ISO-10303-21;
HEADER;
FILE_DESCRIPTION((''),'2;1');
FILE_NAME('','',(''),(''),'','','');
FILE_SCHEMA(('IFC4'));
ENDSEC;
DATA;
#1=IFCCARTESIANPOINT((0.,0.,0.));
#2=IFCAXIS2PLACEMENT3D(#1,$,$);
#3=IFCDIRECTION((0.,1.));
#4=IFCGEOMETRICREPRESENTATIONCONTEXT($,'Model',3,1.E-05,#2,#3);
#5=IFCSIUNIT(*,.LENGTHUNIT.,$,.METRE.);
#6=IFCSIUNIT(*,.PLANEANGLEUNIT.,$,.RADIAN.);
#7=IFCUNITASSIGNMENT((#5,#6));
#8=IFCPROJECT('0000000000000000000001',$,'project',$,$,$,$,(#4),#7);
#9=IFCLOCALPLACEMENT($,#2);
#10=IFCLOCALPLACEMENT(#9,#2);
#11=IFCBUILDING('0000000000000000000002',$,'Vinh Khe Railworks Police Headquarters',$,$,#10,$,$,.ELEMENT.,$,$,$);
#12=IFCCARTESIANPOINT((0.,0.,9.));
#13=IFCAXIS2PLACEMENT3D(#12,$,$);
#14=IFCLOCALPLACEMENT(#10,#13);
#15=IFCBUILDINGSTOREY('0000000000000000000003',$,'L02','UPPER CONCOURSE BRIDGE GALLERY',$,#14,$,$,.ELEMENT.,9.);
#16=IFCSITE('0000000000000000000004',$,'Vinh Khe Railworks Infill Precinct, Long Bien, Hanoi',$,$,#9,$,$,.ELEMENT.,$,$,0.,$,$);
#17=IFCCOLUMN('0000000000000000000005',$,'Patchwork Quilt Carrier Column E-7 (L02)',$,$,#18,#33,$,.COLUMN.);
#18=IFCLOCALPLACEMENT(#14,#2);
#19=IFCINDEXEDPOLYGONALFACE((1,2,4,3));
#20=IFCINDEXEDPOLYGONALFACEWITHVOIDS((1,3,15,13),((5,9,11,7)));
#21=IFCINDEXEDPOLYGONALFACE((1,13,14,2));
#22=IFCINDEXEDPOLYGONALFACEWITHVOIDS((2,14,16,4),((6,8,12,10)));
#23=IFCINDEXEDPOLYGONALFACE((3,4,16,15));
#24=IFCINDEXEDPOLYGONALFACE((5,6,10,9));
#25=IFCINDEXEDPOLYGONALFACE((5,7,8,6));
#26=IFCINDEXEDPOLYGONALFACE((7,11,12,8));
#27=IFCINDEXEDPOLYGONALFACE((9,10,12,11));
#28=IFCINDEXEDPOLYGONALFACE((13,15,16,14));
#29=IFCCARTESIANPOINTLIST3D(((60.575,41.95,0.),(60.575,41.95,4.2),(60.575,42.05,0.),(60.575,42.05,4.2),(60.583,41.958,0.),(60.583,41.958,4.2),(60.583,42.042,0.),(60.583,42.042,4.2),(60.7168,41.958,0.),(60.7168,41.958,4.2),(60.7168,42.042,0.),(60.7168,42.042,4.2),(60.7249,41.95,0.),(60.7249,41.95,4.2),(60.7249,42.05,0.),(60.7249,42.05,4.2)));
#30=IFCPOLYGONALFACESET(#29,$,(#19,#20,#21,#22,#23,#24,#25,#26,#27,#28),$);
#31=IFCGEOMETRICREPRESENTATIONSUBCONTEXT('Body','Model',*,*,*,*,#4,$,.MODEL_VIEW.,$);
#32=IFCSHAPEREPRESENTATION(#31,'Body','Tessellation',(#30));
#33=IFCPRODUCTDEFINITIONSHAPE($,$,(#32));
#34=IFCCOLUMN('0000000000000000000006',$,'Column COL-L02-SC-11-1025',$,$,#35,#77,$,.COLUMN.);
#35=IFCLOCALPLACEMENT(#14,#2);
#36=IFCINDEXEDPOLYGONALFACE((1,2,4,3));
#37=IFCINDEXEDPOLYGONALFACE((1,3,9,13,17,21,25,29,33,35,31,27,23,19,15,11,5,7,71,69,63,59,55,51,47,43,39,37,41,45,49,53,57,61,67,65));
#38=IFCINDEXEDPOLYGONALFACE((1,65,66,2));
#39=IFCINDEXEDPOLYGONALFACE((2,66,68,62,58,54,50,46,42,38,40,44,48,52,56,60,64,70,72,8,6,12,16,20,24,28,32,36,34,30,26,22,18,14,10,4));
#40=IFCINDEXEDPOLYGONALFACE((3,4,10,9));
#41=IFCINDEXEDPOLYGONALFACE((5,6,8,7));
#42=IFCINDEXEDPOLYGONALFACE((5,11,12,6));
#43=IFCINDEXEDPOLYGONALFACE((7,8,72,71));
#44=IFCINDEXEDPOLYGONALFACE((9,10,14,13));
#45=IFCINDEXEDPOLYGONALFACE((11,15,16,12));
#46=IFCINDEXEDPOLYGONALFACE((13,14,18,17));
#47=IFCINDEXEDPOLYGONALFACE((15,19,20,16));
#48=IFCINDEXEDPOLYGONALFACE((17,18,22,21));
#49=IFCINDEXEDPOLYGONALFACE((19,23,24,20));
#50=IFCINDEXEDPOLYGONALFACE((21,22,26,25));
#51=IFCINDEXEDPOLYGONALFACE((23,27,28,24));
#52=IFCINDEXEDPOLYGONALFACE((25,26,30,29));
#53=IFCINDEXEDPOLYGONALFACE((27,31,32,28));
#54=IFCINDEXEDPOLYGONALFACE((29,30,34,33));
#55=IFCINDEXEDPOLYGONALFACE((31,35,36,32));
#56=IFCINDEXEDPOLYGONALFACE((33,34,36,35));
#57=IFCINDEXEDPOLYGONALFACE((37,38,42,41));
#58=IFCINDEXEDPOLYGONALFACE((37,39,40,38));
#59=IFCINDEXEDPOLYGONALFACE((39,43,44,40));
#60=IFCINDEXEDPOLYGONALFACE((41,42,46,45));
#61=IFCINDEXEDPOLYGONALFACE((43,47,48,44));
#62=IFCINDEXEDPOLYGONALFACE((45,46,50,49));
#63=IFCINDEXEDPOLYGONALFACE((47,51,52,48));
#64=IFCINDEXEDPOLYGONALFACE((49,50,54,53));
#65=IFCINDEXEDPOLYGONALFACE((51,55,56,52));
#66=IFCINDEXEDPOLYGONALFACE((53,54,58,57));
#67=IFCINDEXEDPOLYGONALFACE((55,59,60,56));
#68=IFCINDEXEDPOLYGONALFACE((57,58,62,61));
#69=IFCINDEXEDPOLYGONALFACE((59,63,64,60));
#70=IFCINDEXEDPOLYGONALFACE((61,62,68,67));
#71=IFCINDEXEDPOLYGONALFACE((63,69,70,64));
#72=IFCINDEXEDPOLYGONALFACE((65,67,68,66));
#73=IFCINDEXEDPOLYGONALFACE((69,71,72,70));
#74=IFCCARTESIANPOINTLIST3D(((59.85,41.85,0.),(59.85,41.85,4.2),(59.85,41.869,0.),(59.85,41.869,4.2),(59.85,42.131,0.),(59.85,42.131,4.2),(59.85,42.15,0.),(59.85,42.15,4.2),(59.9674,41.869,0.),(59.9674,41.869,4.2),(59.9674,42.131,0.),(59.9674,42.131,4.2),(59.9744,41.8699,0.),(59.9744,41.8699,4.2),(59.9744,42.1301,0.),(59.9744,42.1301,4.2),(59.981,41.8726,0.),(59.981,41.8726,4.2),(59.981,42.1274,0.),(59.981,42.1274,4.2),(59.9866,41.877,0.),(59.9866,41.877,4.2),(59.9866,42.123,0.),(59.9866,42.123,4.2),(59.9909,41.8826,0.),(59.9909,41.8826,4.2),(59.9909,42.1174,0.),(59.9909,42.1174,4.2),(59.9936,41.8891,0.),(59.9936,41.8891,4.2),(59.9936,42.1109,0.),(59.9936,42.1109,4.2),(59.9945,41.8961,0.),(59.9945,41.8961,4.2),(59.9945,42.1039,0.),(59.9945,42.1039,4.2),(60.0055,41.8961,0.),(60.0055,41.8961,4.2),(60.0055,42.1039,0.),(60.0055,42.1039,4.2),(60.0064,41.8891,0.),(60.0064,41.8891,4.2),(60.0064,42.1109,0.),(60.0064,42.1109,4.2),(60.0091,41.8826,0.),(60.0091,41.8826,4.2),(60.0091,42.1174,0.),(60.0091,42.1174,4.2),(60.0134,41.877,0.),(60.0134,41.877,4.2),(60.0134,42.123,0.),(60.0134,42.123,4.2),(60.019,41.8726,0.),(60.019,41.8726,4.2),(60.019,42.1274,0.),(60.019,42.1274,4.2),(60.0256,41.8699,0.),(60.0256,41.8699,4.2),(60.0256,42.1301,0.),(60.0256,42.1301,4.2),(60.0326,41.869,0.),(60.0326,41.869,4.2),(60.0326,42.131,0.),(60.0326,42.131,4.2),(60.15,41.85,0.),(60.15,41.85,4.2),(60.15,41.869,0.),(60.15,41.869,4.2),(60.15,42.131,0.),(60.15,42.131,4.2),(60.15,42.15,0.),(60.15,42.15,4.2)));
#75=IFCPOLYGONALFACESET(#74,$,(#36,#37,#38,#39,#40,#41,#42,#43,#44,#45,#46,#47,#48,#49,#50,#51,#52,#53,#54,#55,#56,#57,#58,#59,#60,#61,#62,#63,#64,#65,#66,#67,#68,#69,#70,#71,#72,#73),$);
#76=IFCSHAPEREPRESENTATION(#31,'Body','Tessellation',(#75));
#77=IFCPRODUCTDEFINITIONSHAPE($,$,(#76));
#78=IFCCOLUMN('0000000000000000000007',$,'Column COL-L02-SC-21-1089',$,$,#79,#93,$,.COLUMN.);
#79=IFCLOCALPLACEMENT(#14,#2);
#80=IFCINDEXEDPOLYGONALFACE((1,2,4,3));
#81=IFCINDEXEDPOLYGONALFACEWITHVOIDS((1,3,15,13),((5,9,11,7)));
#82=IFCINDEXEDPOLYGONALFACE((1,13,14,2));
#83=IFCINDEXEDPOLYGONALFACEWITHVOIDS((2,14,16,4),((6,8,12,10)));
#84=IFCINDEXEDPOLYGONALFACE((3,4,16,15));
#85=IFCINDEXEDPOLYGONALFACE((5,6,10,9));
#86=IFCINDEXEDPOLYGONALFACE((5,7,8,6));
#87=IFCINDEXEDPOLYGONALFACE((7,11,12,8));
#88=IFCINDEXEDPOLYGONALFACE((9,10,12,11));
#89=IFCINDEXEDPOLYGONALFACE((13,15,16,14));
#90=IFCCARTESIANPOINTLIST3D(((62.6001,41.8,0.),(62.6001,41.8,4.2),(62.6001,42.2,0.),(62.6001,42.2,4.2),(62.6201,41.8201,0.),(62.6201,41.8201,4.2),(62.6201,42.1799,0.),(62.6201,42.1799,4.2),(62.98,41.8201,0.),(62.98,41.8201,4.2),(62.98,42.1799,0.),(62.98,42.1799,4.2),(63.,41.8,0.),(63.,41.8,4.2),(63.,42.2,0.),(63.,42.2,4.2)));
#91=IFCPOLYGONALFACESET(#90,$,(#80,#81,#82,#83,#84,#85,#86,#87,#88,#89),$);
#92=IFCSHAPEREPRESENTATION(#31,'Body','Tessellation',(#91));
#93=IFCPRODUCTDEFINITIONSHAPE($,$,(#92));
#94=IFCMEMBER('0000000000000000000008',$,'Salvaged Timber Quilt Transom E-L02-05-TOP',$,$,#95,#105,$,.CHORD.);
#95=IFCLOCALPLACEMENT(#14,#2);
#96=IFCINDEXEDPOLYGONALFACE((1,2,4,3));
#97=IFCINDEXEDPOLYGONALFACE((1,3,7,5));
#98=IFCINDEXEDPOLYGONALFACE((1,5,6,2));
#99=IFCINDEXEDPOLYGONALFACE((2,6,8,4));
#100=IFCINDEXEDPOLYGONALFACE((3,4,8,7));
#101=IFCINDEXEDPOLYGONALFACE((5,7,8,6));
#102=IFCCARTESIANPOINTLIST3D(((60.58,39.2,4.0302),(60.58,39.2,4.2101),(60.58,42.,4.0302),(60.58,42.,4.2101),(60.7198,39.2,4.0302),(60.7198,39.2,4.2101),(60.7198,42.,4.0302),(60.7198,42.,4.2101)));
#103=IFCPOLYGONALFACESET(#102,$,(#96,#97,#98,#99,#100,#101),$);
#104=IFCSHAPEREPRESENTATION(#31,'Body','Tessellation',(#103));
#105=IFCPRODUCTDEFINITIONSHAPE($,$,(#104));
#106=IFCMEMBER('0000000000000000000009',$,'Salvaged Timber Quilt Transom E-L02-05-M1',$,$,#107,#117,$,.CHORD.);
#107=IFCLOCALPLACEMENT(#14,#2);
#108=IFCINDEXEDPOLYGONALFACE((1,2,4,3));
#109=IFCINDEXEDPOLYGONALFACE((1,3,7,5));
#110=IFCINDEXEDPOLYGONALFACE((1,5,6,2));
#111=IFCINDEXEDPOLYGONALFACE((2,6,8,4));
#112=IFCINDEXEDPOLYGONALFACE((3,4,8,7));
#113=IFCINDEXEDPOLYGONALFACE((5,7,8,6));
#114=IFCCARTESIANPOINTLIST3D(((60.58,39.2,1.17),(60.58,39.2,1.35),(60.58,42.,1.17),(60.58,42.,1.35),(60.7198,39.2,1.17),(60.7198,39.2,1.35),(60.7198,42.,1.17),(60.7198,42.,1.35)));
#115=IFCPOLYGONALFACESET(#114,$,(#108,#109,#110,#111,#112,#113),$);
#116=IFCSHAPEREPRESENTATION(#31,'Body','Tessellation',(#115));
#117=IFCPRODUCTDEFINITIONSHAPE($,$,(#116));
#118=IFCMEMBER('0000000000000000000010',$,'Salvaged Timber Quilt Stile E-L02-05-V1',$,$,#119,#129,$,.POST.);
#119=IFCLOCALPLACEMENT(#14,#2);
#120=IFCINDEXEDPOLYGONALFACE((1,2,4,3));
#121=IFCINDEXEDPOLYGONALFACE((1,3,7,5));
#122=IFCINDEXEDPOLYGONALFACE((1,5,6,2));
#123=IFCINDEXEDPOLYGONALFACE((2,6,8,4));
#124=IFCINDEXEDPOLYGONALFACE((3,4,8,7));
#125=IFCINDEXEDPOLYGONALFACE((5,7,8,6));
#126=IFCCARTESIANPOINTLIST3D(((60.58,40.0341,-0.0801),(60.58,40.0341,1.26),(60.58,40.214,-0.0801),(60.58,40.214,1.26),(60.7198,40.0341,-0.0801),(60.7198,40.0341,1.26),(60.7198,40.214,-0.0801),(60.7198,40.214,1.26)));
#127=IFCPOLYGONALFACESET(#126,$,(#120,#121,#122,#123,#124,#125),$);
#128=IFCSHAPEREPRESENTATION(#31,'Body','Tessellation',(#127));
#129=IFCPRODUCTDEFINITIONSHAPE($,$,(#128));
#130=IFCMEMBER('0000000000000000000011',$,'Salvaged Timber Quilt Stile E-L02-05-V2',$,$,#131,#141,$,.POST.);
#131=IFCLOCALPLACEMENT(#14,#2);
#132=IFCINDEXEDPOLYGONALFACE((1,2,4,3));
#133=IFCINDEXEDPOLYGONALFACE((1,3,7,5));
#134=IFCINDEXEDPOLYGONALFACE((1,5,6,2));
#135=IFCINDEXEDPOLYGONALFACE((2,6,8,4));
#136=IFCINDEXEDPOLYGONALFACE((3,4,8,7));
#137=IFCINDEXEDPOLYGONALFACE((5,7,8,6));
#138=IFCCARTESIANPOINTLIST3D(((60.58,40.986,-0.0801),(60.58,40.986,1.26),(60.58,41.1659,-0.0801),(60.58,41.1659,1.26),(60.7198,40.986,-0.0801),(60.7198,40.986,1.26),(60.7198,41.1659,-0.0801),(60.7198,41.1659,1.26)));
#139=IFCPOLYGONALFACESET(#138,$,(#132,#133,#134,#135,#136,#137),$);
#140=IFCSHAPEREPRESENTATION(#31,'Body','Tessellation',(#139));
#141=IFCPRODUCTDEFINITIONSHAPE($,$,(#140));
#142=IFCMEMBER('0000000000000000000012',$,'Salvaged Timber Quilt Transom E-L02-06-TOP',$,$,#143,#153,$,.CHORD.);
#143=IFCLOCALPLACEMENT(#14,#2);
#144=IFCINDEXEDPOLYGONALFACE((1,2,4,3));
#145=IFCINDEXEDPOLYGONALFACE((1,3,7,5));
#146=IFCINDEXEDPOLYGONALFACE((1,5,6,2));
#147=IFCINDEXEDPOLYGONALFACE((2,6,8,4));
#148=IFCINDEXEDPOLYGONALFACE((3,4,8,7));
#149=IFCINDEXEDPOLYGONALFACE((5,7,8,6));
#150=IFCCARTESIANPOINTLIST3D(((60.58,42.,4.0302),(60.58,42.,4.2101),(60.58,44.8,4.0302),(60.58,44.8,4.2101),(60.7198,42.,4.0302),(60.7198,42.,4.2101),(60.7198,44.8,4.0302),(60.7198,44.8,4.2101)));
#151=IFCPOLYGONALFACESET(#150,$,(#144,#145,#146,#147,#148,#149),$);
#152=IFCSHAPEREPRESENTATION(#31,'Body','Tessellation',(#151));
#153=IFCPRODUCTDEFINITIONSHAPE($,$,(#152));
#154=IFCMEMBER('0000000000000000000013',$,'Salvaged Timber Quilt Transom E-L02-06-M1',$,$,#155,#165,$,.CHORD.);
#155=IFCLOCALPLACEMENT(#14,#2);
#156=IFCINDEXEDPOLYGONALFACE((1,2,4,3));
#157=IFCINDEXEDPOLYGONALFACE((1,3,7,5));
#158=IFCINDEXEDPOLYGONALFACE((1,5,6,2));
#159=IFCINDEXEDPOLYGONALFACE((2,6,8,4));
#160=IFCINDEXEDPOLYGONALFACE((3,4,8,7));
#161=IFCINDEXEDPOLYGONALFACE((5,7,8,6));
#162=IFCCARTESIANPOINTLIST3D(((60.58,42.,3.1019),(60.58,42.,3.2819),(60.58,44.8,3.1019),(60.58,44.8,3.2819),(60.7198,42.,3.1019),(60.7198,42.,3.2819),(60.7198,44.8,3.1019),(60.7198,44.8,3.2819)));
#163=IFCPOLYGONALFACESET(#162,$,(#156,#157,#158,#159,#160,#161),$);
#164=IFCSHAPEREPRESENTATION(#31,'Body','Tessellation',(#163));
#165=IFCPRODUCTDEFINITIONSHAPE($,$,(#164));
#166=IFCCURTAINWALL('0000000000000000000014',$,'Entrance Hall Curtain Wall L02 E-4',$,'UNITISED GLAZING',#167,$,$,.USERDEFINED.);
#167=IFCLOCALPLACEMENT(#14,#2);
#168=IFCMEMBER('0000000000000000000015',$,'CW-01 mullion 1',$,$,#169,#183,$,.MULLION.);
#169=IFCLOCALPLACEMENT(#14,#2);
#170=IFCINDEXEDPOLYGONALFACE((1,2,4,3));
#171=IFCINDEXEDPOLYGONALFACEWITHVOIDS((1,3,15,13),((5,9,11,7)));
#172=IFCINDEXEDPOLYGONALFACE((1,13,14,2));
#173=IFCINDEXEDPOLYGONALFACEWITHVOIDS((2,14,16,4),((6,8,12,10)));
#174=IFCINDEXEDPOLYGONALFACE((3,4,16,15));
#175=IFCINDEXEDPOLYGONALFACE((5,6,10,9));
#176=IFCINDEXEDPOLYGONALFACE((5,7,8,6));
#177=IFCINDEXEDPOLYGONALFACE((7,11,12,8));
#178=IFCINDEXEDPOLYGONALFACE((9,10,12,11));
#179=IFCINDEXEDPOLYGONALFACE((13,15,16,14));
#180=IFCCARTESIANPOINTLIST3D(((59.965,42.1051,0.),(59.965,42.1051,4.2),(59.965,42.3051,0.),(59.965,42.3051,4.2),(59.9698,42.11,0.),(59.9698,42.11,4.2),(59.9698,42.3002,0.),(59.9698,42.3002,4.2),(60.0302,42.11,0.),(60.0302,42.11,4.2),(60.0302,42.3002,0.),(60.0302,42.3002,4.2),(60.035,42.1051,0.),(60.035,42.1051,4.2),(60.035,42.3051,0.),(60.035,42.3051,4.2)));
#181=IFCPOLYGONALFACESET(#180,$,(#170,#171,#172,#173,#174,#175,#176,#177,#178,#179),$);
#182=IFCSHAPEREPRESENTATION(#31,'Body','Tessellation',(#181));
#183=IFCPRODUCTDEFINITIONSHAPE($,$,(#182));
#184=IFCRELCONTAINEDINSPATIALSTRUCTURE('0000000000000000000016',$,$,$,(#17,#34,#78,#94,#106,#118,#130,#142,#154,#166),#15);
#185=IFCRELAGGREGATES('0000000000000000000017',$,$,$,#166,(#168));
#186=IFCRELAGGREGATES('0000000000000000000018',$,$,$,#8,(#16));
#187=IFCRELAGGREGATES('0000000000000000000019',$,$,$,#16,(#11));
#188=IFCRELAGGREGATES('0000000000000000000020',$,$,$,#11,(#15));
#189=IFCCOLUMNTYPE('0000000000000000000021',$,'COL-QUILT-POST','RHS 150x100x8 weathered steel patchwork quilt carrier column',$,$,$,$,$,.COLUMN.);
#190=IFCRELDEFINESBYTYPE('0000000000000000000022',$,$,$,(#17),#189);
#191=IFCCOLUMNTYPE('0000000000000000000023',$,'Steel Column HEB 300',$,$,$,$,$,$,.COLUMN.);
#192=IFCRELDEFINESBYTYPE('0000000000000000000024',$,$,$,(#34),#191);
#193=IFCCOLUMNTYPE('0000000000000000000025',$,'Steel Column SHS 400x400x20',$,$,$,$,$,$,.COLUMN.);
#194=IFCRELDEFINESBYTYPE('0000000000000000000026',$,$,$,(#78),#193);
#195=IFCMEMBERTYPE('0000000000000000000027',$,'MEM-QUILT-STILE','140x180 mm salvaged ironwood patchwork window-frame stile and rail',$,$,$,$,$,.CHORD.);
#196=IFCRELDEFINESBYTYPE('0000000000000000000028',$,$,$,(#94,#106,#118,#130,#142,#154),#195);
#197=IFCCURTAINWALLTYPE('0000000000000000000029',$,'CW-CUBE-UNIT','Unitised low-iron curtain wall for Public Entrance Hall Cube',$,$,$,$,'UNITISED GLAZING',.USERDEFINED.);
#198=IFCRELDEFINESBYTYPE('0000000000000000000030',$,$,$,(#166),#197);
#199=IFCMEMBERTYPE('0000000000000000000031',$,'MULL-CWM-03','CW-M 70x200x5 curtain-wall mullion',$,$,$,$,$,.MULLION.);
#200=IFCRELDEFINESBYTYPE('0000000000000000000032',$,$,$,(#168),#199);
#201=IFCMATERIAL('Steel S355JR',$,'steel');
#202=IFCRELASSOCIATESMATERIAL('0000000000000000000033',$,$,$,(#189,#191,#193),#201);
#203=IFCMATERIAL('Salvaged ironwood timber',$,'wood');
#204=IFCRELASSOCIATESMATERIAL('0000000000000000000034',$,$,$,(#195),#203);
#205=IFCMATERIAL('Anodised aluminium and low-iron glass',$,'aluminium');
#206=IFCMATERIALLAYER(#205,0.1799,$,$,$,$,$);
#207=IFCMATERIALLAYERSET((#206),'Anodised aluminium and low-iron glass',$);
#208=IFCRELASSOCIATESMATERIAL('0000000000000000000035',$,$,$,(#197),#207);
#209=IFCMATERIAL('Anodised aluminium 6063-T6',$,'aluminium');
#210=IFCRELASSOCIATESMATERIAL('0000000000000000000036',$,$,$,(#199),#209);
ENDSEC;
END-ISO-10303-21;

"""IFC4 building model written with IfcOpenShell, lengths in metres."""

from ifc_helpers import new_model, si_unit, direction, frame, origin, origin_2d, place, context, subcontext, project, spatial, rectangle, hollow_rectangle, i_section, extrude, material, layer, layer_set, material_profile, profile_set, type_object, element, aggregate, save


model = new_model("IFC4")

# Units and contexts
model_context = context("Model", 3, precision=1e-05, world=origin(), true_north=direction((0.0, 1.0)))
body_context = subcontext(model_context, "Body", "Model", "MODEL_VIEW")
ifc_project = project(units=[si_unit("LENGTHUNIT", "METRE"), si_unit("PLANEANGLEUNIT", "RADIAN")], contexts=[model_context])

# Site, building, storey
site_placement = place(None, origin())
site = spatial("IfcSite", under=ifc_project, at=site_placement, Name="Vinh Khe Railworks Infill Precinct, Long Bien, Hanoi", CompositionType="ELEMENT", RefElevation=0.0)
building_placement = place(site_placement, origin())
building = spatial("IfcBuilding", under=site, at=building_placement, Name="Vinh Khe Railworks Police Headquarters", CompositionType="ELEMENT")
storey_placement = place(building_placement, frame((0.0, 0.0, 9.0)))
storey = spatial("IfcBuildingStorey", under=building, at=storey_placement, Name="L02", Description="UPPER CONCOURSE BRIDGE GALLERY", CompositionType="ELEMENT", Elevation=9.0)

# Columns
ifc_material_1 = material(Name="Steel S355JR", Category="steel")
ifc_material_profile_1 = material_profile(ifc_material_1, hollow_rectangle(XDim=0.1499, YDim=0.1001, WallThickness=0.0081, at=origin_2d()), Name="RHS 150x100x8")
ifc_profile_set_1 = profile_set([ifc_material_profile_1], Name="Steel S355JR")
column_type_1 = type_object("IfcColumnType", Name="COL-QUILT-POST", Description="RHS 150x100x8 weathered steel patchwork quilt carrier column", PredefinedType="COLUMN", material=ifc_profile_set_1)
column_1_placement = place(storey_placement, frame((60.6499, 42.0, 0.0), z_axis=(0.0, 0.0, 1.0), x_axis=(1.0, 0.0, 0.0)))
element("IfcColumn", 1, at=column_1_placement, inside=storey, type_object=column_type_1, Name="Patchwork Quilt Carrier Column E-7 (L02)", PredefinedType="COLUMN", context=body_context, shape_type="SweptSolid", body=[
    extrude(hollow_rectangle(XDim=0.1499, YDim=0.1001, WallThickness=0.0081, at=origin_2d()), origin(), (0.0, 0.0, 1.0), 4.2),
])
ifc_material_profile_2 = material_profile(ifc_material_1, i_section(OverallWidth=0.3, OverallDepth=0.3, WebThickness=0.011, FlangeThickness=0.019, FilletRadius=0.0271, at=origin_2d()), Name="HEB 300")
ifc_profile_set_2 = profile_set([ifc_material_profile_2], Name="Steel S355JR")
column_type_2 = type_object("IfcColumnType", Name="Steel Column HEB 300", PredefinedType="COLUMN", material=ifc_profile_set_2)
column_2_placement = place(storey_placement, frame((60.0, 42.0, 0.0), z_axis=(0.0, 0.0, 1.0), x_axis=(1.0, 0.0, 0.0)))
element("IfcColumn", 2, at=column_2_placement, inside=storey, type_object=column_type_2, Name="Column COL-L02-SC-11-1025", PredefinedType="COLUMN", context=body_context, shape_type="SweptSolid", body=[
    extrude(i_section(OverallWidth=0.3, OverallDepth=0.3, WebThickness=0.011, FlangeThickness=0.019, FilletRadius=0.0271, at=origin_2d()), origin(), (0.0, 0.0, 1.0), 4.2),
])
ifc_material_profile_3 = material_profile(ifc_material_1, hollow_rectangle(XDim=0.3999, YDim=0.3999, WallThickness=0.02, at=origin_2d()), Name="SHS 400x400x20")
ifc_profile_set_3 = profile_set([ifc_material_profile_3], Name="Steel S355JR")
column_type_3 = type_object("IfcColumnType", Name="Steel Column SHS 400x400x20", PredefinedType="COLUMN", material=ifc_profile_set_3)
column_3_placement = place(storey_placement, frame((62.8, 42.0, 0.0), z_axis=(0.0, 0.0, 1.0), x_axis=(1.0, 0.0, 0.0)))
element("IfcColumn", 3, at=column_3_placement, inside=storey, type_object=column_type_3, Name="Column COL-L02-SC-21-1089", PredefinedType="COLUMN", context=body_context, shape_type="SweptSolid", body=[
    extrude(hollow_rectangle(XDim=0.3999, YDim=0.3999, WallThickness=0.02, at=origin_2d()), origin(), (0.0, 0.0, 1.0), 4.2),
])

# Members
ifc_material_2 = material(Name="Salvaged ironwood timber", Category="wood")
ifc_material_profile_4 = material_profile(ifc_material_2, rectangle(XDim=0.1399, YDim=0.1799, at=origin_2d()), Name="TIMBER 140x180")
ifc_profile_set_4 = profile_set([ifc_material_profile_4], Name="Salvaged ironwood timber")
member_type_1 = type_object("IfcMemberType", Name="MEM-QUILT-STILE", Description="140x180 mm salvaged ironwood patchwork window-frame stile and rail", PredefinedType="CHORD", material=ifc_profile_set_4)
for number, where, z_axis, x_axis, name in (
    (4, (60.6499, 39.2, 4.1201), (0.0, 1.0, 0.0), (-1.0, 0.0, 0.0), "Salvaged Timber Quilt Transom E-L02-05-TOP"),
    (5, (60.6499, 39.2, 1.26), (0.0, 1.0, 0.0), (-1.0, 0.0, 0.0), "Salvaged Timber Quilt Transom E-L02-05-M1"),
):
    element("IfcMember", number, at=place(storey_placement, frame(where, z_axis=z_axis, x_axis=x_axis)), inside=storey, type_object=member_type_1, Name=name, PredefinedType="CHORD", context=body_context, shape_type="SweptSolid", body=[
        extrude(rectangle(XDim=0.1399, YDim=0.1799, at=origin_2d()), origin(), (0.0, 0.0, 1.0), 2.8),
    ])
for number, where, z_axis, x_axis, name in (
    (6, (60.6499, 40.124, -0.0801), (0.0, 0.0, 1.0), (1.0, 0.0, 0.0), "Salvaged Timber Quilt Stile E-L02-05-V1"),
    (7, (60.6499, 41.0759, -0.0801), (0.0, 0.0, 1.0), (1.0, 0.0, 0.0), "Salvaged Timber Quilt Stile E-L02-05-V2"),
):
    element("IfcMember", number, at=place(storey_placement, frame(where, z_axis=z_axis, x_axis=x_axis)), inside=storey, type_object=member_type_1, Name=name, PredefinedType="POST", context=body_context, shape_type="SweptSolid", body=[
        extrude(rectangle(XDim=0.1399, YDim=0.1799, at=origin_2d()), origin(), (0.0, 0.0, 1.0), 1.3401),
    ])
for number, where, z_axis, x_axis, name in (
    (8, (60.6499, 42.0, 4.1201), (0.0, 1.0, 0.0), (-1.0, 0.0, 0.0), "Salvaged Timber Quilt Transom E-L02-06-TOP"),
    (9, (60.6499, 42.0, 3.1919), (0.0, 1.0, 0.0), (-1.0, 0.0, 0.0), "Salvaged Timber Quilt Transom E-L02-06-M1"),
):
    element("IfcMember", number, at=place(storey_placement, frame(where, z_axis=z_axis, x_axis=x_axis)), inside=storey, type_object=member_type_1, Name=name, PredefinedType="CHORD", context=body_context, shape_type="SweptSolid", body=[
        extrude(rectangle(XDim=0.1399, YDim=0.1799, at=origin_2d()), origin(), (0.0, 0.0, 1.0), 2.8),
    ])

# Curtain wall, member
ifc_material_3 = material(Name="Anodised aluminium and low-iron glass", Category="aluminium")
ifc_layer = layer(ifc_material_3, 0.1799)
ifc_layer_set = layer_set([ifc_layer], Name="Anodised aluminium and low-iron glass")
curtain_wall_type = type_object("IfcCurtainWallType", Name="CW-CUBE-UNIT", Description="Unitised low-iron curtain wall for Public Entrance Hall Cube", ElementType="UNITISED GLAZING", PredefinedType="USERDEFINED", material=ifc_layer_set)
curtain_wall_placement = place(storey_placement, origin())
curtain_wall = element("IfcCurtainWall", 10, at=curtain_wall_placement, inside=storey, type_object=curtain_wall_type, Name="Entrance Hall Curtain Wall L02 E-4", ObjectType="UNITISED GLAZING", PredefinedType="USERDEFINED")
ifc_material_4 = material(Name="Anodised aluminium 6063-T6", Category="aluminium")
ifc_material_profile_5 = material_profile(ifc_material_4, hollow_rectangle(XDim=0.0701, YDim=0.2, WallThickness=0.0049, at=origin_2d()), Name="CW-M 70x200x5")
ifc_profile_set_5 = profile_set([ifc_material_profile_5], Name="Anodised aluminium 6063-T6")
member_type_2 = type_object("IfcMemberType", Name="MULL-CWM-03", Description="CW-M 70x200x5 curtain-wall mullion", PredefinedType="MULLION", material=ifc_profile_set_5)
member_1_placement = place(storey_placement, frame((60.0, 42.2051, 0.0), z_axis=(0.0, 0.0, 1.0), x_axis=(-1.0, 0.0, 0.0)))
member_1 = element("IfcMember", 11, at=member_1_placement, type_object=member_type_2, Name="CW-01 mullion 1", PredefinedType="MULLION", context=body_context, shape_type="SweptSolid", body=[
    extrude(hollow_rectangle(XDim=0.0701, YDim=0.2, WallThickness=0.0049, at=origin_2d()), origin(), (0.0, 0.0, 1.0), 4.2),
])

aggregate(curtain_wall, [member_1])

save(model, "model.ifc")
